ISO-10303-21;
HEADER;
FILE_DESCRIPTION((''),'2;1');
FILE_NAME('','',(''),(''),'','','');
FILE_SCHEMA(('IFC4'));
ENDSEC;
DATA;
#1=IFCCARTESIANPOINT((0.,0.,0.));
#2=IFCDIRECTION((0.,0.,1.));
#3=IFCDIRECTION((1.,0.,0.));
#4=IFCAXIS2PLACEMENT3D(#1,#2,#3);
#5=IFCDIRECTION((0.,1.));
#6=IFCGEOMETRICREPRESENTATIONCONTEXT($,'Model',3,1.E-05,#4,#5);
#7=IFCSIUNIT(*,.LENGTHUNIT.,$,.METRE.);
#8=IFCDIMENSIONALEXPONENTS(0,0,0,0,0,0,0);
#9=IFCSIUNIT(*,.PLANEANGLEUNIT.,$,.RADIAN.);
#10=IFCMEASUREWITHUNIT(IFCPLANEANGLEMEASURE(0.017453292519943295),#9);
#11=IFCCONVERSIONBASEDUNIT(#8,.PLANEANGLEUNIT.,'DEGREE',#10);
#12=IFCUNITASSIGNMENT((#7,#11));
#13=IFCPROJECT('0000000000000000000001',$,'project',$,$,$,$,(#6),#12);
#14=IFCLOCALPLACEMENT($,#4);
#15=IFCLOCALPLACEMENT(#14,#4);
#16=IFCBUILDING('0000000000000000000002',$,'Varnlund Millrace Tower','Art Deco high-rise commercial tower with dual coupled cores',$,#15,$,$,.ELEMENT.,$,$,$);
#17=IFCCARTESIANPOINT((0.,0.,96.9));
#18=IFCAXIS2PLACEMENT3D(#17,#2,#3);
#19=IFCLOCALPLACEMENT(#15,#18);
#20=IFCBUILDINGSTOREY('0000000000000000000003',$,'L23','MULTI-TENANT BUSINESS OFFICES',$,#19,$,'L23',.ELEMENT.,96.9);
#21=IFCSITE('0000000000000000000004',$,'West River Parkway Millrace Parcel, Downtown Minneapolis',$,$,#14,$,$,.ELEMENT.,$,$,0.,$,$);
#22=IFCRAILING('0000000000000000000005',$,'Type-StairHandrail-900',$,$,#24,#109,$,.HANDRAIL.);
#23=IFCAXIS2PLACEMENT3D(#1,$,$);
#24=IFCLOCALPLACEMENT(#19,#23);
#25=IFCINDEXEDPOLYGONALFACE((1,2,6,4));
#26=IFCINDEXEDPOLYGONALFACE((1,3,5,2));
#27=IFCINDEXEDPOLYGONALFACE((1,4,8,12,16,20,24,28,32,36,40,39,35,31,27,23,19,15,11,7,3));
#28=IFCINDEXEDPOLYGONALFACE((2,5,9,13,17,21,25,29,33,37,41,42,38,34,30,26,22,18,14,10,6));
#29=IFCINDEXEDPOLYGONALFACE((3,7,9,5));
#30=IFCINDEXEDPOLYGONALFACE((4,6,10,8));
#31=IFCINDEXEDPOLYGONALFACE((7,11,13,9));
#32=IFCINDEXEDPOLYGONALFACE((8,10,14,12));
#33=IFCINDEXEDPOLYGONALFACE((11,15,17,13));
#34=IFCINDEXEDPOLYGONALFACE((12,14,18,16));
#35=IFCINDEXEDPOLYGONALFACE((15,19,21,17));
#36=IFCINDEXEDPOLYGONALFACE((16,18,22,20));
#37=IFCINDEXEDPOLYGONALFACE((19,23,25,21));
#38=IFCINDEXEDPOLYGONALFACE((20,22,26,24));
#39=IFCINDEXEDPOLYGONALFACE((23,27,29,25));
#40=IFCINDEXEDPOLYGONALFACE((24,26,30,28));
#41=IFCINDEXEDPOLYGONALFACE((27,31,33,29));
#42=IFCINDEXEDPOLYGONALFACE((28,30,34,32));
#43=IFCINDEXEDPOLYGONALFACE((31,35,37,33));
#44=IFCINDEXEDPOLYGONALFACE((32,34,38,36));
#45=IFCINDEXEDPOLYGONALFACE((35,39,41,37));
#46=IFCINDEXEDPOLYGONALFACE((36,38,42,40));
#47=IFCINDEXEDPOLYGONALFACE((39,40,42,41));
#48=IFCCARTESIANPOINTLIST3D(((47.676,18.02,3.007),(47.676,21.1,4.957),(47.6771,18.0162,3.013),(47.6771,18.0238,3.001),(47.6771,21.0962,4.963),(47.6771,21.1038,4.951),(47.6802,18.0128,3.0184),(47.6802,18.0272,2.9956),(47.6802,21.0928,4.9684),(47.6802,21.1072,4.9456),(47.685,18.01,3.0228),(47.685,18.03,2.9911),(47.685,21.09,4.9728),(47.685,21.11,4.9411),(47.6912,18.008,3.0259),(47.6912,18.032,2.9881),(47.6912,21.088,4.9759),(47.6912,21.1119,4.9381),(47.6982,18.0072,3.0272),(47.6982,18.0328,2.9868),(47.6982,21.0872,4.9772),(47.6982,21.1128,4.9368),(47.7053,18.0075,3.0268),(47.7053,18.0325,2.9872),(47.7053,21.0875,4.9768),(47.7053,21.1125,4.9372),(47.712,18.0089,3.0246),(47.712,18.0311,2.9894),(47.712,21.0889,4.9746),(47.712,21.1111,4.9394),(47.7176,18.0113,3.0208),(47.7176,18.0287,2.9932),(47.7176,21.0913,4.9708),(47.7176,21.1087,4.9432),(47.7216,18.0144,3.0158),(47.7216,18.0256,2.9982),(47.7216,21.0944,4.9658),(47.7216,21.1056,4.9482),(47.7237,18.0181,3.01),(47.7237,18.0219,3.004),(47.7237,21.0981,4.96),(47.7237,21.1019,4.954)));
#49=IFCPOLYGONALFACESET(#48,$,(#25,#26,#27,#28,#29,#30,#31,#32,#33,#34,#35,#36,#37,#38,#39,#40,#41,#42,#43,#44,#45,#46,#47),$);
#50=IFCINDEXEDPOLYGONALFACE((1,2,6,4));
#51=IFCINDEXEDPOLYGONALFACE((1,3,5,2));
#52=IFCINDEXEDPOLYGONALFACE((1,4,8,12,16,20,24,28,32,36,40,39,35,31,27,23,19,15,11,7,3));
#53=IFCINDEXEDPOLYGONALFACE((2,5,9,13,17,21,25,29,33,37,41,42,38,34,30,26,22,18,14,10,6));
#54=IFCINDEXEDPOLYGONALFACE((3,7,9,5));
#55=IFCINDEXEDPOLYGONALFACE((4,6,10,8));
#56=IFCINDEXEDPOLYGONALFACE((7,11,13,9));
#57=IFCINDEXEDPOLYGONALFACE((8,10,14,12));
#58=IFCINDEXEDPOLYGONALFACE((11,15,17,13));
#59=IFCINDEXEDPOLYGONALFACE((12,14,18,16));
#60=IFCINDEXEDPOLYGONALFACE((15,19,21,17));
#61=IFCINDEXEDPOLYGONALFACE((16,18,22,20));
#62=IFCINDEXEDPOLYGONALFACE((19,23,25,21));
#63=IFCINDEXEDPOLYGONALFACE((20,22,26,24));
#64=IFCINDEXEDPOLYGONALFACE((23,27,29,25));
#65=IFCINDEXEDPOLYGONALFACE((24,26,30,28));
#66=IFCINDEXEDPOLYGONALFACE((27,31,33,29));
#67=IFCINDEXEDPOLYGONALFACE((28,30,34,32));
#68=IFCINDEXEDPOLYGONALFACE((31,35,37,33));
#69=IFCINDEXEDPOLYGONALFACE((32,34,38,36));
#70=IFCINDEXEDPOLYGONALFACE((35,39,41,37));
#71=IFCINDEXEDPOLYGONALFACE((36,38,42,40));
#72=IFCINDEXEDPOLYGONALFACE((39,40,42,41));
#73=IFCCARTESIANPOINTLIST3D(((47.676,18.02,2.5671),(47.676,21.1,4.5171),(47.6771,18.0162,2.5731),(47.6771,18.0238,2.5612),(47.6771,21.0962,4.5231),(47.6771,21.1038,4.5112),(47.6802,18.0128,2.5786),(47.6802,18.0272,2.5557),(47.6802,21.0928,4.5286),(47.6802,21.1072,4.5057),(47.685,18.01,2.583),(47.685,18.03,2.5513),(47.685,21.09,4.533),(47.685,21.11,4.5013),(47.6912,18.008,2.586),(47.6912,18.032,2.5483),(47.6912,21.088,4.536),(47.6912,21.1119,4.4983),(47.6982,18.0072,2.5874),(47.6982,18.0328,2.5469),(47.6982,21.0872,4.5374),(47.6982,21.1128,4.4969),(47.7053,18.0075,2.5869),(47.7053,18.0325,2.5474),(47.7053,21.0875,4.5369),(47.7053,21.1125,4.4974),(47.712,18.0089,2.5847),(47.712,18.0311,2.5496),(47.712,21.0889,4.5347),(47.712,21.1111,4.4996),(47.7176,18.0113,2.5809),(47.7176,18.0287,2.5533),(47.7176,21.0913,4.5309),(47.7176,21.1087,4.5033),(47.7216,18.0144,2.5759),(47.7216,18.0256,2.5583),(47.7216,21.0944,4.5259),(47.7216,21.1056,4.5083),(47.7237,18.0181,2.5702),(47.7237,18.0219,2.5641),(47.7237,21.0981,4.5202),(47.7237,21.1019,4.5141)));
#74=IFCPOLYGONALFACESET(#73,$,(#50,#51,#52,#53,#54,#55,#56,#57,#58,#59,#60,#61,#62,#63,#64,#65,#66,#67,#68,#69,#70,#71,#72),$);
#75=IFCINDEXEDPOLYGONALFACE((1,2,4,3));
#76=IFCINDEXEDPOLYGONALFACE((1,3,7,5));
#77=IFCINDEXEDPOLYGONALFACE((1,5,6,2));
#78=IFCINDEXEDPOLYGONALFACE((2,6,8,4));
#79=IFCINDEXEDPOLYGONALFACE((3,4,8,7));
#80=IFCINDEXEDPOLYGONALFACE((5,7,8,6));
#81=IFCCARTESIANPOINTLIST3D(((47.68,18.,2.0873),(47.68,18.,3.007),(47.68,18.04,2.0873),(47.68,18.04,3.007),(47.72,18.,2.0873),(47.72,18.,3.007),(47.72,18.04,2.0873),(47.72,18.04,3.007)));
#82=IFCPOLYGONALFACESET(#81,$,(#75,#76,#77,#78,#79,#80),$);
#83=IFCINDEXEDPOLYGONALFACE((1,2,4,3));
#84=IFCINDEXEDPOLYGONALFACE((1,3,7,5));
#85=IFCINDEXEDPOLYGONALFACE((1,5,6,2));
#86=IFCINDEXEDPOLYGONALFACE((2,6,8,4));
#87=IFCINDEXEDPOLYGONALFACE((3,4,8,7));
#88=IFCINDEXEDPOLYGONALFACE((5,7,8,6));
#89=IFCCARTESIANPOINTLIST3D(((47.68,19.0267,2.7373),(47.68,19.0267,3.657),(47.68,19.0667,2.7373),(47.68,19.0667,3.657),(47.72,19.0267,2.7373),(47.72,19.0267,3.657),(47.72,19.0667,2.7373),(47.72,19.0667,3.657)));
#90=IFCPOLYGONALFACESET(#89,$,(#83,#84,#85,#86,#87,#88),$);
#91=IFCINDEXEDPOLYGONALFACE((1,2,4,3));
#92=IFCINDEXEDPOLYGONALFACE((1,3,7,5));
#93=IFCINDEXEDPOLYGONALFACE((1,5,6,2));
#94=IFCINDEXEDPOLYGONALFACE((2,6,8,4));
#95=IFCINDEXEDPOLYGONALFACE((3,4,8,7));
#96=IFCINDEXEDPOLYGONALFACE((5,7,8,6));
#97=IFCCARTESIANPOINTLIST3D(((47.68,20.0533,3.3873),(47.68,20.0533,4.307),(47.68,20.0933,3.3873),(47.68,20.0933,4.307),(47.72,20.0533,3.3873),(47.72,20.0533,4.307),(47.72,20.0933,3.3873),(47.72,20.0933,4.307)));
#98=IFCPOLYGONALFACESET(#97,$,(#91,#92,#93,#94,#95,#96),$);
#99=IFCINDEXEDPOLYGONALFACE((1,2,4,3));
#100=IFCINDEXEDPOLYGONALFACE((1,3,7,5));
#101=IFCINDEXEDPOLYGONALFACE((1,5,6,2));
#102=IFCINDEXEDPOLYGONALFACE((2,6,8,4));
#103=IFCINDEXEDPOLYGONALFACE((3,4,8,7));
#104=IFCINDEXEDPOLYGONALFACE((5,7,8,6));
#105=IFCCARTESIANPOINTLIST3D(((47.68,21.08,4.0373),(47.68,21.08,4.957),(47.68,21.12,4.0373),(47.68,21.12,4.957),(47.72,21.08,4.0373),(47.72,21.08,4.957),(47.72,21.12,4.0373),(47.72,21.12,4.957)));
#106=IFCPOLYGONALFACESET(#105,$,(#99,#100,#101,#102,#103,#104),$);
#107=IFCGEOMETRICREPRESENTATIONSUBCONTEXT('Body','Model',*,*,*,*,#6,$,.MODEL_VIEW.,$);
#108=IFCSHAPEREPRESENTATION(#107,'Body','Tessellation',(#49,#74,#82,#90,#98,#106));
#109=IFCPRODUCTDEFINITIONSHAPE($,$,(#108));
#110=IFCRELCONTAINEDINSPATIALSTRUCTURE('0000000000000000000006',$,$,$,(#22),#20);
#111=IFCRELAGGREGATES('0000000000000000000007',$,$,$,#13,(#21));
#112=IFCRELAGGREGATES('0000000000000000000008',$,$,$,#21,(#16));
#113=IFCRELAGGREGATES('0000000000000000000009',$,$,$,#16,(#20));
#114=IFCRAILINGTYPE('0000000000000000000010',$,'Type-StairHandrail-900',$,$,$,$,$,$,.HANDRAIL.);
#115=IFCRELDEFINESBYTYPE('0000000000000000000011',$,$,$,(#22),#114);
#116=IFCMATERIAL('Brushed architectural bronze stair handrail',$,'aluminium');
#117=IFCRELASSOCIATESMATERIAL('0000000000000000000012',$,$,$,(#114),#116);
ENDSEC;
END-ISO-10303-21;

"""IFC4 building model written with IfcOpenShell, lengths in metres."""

from ifc_helpers import new_model, entity, si_unit, converted_unit, direction, frame, origin_with_axes, origin_2d_with_axis, place, context, subcontext, project, spatial, rectangle, circle, extrude, material, type_object, element, save


model = new_model("IFC4")

# Units and contexts
model_context = context("Model", 3, precision=1e-05, world=origin_with_axes(), true_north=direction((0.0, 1.0)))
body_context = subcontext(model_context, "Body", "Model", "MODEL_VIEW")
ifc_project = project(units=[si_unit("LENGTHUNIT", "METRE"), converted_unit("PLANEANGLEUNIT", "DEGREE", entity("IfcPlaneAngleMeasure", 0.017453292519943295), si_unit("PLANEANGLEUNIT", "RADIAN"), dimensions=[0, 0, 0, 0, 0, 0, 0])], contexts=[model_context])

# Site, building, storey
site_placement = place(None, origin_with_axes())
site = spatial("IfcSite", under=ifc_project, at=site_placement, Name="West River Parkway Millrace Parcel, Downtown Minneapolis", CompositionType="ELEMENT", RefElevation=0.0)
building_placement = place(site_placement, origin_with_axes())
building = spatial("IfcBuilding", under=site, at=building_placement, Name="Varnlund Millrace Tower", Description="Art Deco high-rise commercial tower with dual coupled cores", CompositionType="ELEMENT")
storey_placement = place(building_placement, frame((0.0, 0.0, 96.9), z_axis=(0.0, 0.0, 1.0), x_axis=(1.0, 0.0, 0.0)))
storey = spatial("IfcBuildingStorey", under=building, at=storey_placement, Name="L23", Description="MULTI-TENANT BUSINESS OFFICES", LongName="L23", CompositionType="ELEMENT", Elevation=96.9)

# Railing
ifc_material_1 = material(Name="Brushed architectural bronze stair handrail", Category="aluminium")
railing_type_1 = type_object("IfcRailingType", Name="Type-StairHandrail-900", PredefinedType="HANDRAIL", material=ifc_material_1)
railing_1_placement = place(storey_placement, frame((0.0, 0.0, -96.9), z_axis=(0.0, 0.0, 1.0), x_axis=(1.0, 0.0, 0.0)))
element("IfcRailing", 1, at=railing_1_placement, inside=storey, type_object=railing_type_1, Name="Type-StairHandrail-900", PredefinedType="HANDRAIL", context=body_context, shape_type="SweptSolid", body=[
    extrude(circle(Radius=0.024, at=origin_2d_with_axis()), frame((47.7, 18.02, 99.907), z_axis=(0.0, 0.844902, 0.534922), x_axis=(-1.0, 0.0, 0.0)), (0.0, 0.0, 1.0), 3.6454),
    extrude(circle(Radius=0.024, at=origin_2d_with_axis()), frame((47.7, 18.02, 99.4671), z_axis=(0.0, 0.844902, 0.534922), x_axis=(-1.0, 0.0, 0.0)), (0.0, 0.0, 1.0), 3.6454),
    extrude(rectangle(XDim=0.04, YDim=0.04, at=origin_2d_with_axis()), frame((47.7, 18.02, 98.9873), z_axis=(0.0, 0.0, 1.0), x_axis=(1.0, 0.0, 0.0)), (0.0, 0.0, 1.0), 0.9197),
    extrude(rectangle(XDim=0.04, YDim=0.04, at=origin_2d_with_axis()), frame((47.7, 19.0467, 99.6373), z_axis=(0.0, 0.0, 1.0), x_axis=(1.0, 0.0, 0.0)), (0.0, 0.0, 1.0), 0.9197),
    extrude(rectangle(XDim=0.04, YDim=0.04, at=origin_2d_with_axis()), frame((47.7, 20.0733, 100.2873), z_axis=(0.0, 0.0, 1.0), x_axis=(1.0, 0.0, 0.0)), (0.0, 0.0, 1.0), 0.9197),
    extrude(rectangle(XDim=0.04, YDim=0.04, at=origin_2d_with_axis()), frame((47.7, 21.1, 100.9373), z_axis=(0.0, 0.0, 1.0), x_axis=(1.0, 0.0, 0.0)), (0.0, 0.0, 1.0), 0.9197),
])

save(model, "model.ifc")
